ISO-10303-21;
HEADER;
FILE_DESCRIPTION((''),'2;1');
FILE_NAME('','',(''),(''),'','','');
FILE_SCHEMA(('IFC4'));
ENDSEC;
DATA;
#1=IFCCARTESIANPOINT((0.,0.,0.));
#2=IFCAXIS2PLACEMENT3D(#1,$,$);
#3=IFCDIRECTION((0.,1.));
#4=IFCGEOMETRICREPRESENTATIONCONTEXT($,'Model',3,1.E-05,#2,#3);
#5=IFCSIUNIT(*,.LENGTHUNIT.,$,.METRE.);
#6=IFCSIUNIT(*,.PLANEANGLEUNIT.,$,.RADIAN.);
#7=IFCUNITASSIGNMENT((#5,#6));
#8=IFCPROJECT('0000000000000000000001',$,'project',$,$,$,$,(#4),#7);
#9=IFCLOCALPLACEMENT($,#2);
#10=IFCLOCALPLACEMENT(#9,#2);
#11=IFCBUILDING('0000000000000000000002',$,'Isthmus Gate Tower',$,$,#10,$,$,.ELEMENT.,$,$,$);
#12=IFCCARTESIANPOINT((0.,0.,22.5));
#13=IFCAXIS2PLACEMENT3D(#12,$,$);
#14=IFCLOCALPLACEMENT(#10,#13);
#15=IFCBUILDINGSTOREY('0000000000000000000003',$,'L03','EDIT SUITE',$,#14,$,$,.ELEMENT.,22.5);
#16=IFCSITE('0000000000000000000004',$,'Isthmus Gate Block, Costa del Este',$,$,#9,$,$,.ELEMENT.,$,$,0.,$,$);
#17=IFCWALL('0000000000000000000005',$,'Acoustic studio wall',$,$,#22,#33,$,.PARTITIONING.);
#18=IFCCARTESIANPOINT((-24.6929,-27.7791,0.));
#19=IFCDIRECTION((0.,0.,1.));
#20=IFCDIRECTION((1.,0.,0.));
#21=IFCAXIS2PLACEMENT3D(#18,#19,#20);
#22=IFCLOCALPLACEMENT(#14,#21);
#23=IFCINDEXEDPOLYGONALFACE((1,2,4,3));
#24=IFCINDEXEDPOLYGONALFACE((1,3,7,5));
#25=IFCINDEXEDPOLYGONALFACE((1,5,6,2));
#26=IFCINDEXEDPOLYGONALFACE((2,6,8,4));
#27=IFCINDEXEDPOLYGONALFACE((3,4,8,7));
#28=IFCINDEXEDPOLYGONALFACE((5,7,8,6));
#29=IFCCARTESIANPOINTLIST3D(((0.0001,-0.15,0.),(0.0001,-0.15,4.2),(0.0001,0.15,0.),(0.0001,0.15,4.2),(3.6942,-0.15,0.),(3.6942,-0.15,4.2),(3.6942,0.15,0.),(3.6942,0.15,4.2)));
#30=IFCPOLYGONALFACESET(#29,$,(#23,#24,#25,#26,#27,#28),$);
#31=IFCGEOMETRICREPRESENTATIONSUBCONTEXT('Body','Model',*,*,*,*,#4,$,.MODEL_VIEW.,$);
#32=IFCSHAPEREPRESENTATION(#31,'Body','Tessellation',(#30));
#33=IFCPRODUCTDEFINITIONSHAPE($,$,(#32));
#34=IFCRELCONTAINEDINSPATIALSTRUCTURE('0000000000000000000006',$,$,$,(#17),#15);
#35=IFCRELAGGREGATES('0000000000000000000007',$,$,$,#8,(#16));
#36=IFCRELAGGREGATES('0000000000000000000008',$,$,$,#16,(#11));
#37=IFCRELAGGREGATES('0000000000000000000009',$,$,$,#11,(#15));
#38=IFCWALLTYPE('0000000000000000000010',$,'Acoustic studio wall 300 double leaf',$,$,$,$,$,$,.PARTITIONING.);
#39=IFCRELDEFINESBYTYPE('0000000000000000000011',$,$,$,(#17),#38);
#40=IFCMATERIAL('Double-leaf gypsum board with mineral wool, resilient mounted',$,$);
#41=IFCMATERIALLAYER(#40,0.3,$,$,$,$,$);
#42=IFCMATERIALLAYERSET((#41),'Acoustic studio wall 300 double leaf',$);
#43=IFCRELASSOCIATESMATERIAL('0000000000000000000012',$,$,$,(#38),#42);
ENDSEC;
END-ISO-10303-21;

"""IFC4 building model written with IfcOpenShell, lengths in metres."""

from ifc_helpers import new_model, si_unit, direction, frame, frame_2d, origin, place, context, subcontext, project, spatial, rectangle, extrude, material, layer, layer_set, type_object, element, save


model = new_model("IFC4")

# Units and contexts
model_context = context("Model", 3, precision=1e-05, world=origin(), true_north=direction((0.0, 1.0)))
body_context = subcontext(model_context, "Body", "Model", "MODEL_VIEW")
ifc_project = project(units=[si_unit("LENGTHUNIT", "METRE"), si_unit("PLANEANGLEUNIT", "RADIAN")], contexts=[model_context])

# Site, building, storey
site_placement = place(None, origin())
site = spatial("IfcSite", under=ifc_project, at=site_placement, Name="Isthmus Gate Block, Costa del Este", CompositionType="ELEMENT", RefElevation=0.0)
building_placement = place(site_placement, origin())
building = spatial("IfcBuilding", under=site, at=building_placement, Name="Isthmus Gate Tower", CompositionType="ELEMENT")
storey_placement = place(building_placement, frame((0.0, 0.0, 22.5)))
storey = spatial("IfcBuildingStorey", under=building, at=storey_placement, Name="L03", Description="EDIT SUITE", CompositionType="ELEMENT", Elevation=22.5)

# Wall
ifc_material_1 = material(Name="Double-leaf gypsum board with mineral wool, resilient mounted")
ifc_layer = layer(ifc_material_1, 0.3)
ifc_layer_set = layer_set([ifc_layer], Name="Acoustic studio wall 300 double leaf")
wall_type = type_object("IfcWallType", Name="Acoustic studio wall 300 double leaf", PredefinedType="PARTITIONING", material=ifc_layer_set)
wall_1_placement = place(storey_placement, frame((-24.6929, -27.7791, 0.0), z_axis=(0.0, 0.0, 1.0), x_axis=(1.0, 0.0, 0.0)))
element("IfcWall", 1, at=wall_1_placement, inside=storey, type_object=wall_type, Name="Acoustic studio wall", PredefinedType="PARTITIONING", context=body_context, shape_type="SweptSolid", body=[
    extrude(rectangle(XDim=3.6941, YDim=0.3, at=frame_2d((1.8472, 0.0))), origin(), (0.0, 0.0, 1.0), 4.2),
])

save(model, "model.ifc")
